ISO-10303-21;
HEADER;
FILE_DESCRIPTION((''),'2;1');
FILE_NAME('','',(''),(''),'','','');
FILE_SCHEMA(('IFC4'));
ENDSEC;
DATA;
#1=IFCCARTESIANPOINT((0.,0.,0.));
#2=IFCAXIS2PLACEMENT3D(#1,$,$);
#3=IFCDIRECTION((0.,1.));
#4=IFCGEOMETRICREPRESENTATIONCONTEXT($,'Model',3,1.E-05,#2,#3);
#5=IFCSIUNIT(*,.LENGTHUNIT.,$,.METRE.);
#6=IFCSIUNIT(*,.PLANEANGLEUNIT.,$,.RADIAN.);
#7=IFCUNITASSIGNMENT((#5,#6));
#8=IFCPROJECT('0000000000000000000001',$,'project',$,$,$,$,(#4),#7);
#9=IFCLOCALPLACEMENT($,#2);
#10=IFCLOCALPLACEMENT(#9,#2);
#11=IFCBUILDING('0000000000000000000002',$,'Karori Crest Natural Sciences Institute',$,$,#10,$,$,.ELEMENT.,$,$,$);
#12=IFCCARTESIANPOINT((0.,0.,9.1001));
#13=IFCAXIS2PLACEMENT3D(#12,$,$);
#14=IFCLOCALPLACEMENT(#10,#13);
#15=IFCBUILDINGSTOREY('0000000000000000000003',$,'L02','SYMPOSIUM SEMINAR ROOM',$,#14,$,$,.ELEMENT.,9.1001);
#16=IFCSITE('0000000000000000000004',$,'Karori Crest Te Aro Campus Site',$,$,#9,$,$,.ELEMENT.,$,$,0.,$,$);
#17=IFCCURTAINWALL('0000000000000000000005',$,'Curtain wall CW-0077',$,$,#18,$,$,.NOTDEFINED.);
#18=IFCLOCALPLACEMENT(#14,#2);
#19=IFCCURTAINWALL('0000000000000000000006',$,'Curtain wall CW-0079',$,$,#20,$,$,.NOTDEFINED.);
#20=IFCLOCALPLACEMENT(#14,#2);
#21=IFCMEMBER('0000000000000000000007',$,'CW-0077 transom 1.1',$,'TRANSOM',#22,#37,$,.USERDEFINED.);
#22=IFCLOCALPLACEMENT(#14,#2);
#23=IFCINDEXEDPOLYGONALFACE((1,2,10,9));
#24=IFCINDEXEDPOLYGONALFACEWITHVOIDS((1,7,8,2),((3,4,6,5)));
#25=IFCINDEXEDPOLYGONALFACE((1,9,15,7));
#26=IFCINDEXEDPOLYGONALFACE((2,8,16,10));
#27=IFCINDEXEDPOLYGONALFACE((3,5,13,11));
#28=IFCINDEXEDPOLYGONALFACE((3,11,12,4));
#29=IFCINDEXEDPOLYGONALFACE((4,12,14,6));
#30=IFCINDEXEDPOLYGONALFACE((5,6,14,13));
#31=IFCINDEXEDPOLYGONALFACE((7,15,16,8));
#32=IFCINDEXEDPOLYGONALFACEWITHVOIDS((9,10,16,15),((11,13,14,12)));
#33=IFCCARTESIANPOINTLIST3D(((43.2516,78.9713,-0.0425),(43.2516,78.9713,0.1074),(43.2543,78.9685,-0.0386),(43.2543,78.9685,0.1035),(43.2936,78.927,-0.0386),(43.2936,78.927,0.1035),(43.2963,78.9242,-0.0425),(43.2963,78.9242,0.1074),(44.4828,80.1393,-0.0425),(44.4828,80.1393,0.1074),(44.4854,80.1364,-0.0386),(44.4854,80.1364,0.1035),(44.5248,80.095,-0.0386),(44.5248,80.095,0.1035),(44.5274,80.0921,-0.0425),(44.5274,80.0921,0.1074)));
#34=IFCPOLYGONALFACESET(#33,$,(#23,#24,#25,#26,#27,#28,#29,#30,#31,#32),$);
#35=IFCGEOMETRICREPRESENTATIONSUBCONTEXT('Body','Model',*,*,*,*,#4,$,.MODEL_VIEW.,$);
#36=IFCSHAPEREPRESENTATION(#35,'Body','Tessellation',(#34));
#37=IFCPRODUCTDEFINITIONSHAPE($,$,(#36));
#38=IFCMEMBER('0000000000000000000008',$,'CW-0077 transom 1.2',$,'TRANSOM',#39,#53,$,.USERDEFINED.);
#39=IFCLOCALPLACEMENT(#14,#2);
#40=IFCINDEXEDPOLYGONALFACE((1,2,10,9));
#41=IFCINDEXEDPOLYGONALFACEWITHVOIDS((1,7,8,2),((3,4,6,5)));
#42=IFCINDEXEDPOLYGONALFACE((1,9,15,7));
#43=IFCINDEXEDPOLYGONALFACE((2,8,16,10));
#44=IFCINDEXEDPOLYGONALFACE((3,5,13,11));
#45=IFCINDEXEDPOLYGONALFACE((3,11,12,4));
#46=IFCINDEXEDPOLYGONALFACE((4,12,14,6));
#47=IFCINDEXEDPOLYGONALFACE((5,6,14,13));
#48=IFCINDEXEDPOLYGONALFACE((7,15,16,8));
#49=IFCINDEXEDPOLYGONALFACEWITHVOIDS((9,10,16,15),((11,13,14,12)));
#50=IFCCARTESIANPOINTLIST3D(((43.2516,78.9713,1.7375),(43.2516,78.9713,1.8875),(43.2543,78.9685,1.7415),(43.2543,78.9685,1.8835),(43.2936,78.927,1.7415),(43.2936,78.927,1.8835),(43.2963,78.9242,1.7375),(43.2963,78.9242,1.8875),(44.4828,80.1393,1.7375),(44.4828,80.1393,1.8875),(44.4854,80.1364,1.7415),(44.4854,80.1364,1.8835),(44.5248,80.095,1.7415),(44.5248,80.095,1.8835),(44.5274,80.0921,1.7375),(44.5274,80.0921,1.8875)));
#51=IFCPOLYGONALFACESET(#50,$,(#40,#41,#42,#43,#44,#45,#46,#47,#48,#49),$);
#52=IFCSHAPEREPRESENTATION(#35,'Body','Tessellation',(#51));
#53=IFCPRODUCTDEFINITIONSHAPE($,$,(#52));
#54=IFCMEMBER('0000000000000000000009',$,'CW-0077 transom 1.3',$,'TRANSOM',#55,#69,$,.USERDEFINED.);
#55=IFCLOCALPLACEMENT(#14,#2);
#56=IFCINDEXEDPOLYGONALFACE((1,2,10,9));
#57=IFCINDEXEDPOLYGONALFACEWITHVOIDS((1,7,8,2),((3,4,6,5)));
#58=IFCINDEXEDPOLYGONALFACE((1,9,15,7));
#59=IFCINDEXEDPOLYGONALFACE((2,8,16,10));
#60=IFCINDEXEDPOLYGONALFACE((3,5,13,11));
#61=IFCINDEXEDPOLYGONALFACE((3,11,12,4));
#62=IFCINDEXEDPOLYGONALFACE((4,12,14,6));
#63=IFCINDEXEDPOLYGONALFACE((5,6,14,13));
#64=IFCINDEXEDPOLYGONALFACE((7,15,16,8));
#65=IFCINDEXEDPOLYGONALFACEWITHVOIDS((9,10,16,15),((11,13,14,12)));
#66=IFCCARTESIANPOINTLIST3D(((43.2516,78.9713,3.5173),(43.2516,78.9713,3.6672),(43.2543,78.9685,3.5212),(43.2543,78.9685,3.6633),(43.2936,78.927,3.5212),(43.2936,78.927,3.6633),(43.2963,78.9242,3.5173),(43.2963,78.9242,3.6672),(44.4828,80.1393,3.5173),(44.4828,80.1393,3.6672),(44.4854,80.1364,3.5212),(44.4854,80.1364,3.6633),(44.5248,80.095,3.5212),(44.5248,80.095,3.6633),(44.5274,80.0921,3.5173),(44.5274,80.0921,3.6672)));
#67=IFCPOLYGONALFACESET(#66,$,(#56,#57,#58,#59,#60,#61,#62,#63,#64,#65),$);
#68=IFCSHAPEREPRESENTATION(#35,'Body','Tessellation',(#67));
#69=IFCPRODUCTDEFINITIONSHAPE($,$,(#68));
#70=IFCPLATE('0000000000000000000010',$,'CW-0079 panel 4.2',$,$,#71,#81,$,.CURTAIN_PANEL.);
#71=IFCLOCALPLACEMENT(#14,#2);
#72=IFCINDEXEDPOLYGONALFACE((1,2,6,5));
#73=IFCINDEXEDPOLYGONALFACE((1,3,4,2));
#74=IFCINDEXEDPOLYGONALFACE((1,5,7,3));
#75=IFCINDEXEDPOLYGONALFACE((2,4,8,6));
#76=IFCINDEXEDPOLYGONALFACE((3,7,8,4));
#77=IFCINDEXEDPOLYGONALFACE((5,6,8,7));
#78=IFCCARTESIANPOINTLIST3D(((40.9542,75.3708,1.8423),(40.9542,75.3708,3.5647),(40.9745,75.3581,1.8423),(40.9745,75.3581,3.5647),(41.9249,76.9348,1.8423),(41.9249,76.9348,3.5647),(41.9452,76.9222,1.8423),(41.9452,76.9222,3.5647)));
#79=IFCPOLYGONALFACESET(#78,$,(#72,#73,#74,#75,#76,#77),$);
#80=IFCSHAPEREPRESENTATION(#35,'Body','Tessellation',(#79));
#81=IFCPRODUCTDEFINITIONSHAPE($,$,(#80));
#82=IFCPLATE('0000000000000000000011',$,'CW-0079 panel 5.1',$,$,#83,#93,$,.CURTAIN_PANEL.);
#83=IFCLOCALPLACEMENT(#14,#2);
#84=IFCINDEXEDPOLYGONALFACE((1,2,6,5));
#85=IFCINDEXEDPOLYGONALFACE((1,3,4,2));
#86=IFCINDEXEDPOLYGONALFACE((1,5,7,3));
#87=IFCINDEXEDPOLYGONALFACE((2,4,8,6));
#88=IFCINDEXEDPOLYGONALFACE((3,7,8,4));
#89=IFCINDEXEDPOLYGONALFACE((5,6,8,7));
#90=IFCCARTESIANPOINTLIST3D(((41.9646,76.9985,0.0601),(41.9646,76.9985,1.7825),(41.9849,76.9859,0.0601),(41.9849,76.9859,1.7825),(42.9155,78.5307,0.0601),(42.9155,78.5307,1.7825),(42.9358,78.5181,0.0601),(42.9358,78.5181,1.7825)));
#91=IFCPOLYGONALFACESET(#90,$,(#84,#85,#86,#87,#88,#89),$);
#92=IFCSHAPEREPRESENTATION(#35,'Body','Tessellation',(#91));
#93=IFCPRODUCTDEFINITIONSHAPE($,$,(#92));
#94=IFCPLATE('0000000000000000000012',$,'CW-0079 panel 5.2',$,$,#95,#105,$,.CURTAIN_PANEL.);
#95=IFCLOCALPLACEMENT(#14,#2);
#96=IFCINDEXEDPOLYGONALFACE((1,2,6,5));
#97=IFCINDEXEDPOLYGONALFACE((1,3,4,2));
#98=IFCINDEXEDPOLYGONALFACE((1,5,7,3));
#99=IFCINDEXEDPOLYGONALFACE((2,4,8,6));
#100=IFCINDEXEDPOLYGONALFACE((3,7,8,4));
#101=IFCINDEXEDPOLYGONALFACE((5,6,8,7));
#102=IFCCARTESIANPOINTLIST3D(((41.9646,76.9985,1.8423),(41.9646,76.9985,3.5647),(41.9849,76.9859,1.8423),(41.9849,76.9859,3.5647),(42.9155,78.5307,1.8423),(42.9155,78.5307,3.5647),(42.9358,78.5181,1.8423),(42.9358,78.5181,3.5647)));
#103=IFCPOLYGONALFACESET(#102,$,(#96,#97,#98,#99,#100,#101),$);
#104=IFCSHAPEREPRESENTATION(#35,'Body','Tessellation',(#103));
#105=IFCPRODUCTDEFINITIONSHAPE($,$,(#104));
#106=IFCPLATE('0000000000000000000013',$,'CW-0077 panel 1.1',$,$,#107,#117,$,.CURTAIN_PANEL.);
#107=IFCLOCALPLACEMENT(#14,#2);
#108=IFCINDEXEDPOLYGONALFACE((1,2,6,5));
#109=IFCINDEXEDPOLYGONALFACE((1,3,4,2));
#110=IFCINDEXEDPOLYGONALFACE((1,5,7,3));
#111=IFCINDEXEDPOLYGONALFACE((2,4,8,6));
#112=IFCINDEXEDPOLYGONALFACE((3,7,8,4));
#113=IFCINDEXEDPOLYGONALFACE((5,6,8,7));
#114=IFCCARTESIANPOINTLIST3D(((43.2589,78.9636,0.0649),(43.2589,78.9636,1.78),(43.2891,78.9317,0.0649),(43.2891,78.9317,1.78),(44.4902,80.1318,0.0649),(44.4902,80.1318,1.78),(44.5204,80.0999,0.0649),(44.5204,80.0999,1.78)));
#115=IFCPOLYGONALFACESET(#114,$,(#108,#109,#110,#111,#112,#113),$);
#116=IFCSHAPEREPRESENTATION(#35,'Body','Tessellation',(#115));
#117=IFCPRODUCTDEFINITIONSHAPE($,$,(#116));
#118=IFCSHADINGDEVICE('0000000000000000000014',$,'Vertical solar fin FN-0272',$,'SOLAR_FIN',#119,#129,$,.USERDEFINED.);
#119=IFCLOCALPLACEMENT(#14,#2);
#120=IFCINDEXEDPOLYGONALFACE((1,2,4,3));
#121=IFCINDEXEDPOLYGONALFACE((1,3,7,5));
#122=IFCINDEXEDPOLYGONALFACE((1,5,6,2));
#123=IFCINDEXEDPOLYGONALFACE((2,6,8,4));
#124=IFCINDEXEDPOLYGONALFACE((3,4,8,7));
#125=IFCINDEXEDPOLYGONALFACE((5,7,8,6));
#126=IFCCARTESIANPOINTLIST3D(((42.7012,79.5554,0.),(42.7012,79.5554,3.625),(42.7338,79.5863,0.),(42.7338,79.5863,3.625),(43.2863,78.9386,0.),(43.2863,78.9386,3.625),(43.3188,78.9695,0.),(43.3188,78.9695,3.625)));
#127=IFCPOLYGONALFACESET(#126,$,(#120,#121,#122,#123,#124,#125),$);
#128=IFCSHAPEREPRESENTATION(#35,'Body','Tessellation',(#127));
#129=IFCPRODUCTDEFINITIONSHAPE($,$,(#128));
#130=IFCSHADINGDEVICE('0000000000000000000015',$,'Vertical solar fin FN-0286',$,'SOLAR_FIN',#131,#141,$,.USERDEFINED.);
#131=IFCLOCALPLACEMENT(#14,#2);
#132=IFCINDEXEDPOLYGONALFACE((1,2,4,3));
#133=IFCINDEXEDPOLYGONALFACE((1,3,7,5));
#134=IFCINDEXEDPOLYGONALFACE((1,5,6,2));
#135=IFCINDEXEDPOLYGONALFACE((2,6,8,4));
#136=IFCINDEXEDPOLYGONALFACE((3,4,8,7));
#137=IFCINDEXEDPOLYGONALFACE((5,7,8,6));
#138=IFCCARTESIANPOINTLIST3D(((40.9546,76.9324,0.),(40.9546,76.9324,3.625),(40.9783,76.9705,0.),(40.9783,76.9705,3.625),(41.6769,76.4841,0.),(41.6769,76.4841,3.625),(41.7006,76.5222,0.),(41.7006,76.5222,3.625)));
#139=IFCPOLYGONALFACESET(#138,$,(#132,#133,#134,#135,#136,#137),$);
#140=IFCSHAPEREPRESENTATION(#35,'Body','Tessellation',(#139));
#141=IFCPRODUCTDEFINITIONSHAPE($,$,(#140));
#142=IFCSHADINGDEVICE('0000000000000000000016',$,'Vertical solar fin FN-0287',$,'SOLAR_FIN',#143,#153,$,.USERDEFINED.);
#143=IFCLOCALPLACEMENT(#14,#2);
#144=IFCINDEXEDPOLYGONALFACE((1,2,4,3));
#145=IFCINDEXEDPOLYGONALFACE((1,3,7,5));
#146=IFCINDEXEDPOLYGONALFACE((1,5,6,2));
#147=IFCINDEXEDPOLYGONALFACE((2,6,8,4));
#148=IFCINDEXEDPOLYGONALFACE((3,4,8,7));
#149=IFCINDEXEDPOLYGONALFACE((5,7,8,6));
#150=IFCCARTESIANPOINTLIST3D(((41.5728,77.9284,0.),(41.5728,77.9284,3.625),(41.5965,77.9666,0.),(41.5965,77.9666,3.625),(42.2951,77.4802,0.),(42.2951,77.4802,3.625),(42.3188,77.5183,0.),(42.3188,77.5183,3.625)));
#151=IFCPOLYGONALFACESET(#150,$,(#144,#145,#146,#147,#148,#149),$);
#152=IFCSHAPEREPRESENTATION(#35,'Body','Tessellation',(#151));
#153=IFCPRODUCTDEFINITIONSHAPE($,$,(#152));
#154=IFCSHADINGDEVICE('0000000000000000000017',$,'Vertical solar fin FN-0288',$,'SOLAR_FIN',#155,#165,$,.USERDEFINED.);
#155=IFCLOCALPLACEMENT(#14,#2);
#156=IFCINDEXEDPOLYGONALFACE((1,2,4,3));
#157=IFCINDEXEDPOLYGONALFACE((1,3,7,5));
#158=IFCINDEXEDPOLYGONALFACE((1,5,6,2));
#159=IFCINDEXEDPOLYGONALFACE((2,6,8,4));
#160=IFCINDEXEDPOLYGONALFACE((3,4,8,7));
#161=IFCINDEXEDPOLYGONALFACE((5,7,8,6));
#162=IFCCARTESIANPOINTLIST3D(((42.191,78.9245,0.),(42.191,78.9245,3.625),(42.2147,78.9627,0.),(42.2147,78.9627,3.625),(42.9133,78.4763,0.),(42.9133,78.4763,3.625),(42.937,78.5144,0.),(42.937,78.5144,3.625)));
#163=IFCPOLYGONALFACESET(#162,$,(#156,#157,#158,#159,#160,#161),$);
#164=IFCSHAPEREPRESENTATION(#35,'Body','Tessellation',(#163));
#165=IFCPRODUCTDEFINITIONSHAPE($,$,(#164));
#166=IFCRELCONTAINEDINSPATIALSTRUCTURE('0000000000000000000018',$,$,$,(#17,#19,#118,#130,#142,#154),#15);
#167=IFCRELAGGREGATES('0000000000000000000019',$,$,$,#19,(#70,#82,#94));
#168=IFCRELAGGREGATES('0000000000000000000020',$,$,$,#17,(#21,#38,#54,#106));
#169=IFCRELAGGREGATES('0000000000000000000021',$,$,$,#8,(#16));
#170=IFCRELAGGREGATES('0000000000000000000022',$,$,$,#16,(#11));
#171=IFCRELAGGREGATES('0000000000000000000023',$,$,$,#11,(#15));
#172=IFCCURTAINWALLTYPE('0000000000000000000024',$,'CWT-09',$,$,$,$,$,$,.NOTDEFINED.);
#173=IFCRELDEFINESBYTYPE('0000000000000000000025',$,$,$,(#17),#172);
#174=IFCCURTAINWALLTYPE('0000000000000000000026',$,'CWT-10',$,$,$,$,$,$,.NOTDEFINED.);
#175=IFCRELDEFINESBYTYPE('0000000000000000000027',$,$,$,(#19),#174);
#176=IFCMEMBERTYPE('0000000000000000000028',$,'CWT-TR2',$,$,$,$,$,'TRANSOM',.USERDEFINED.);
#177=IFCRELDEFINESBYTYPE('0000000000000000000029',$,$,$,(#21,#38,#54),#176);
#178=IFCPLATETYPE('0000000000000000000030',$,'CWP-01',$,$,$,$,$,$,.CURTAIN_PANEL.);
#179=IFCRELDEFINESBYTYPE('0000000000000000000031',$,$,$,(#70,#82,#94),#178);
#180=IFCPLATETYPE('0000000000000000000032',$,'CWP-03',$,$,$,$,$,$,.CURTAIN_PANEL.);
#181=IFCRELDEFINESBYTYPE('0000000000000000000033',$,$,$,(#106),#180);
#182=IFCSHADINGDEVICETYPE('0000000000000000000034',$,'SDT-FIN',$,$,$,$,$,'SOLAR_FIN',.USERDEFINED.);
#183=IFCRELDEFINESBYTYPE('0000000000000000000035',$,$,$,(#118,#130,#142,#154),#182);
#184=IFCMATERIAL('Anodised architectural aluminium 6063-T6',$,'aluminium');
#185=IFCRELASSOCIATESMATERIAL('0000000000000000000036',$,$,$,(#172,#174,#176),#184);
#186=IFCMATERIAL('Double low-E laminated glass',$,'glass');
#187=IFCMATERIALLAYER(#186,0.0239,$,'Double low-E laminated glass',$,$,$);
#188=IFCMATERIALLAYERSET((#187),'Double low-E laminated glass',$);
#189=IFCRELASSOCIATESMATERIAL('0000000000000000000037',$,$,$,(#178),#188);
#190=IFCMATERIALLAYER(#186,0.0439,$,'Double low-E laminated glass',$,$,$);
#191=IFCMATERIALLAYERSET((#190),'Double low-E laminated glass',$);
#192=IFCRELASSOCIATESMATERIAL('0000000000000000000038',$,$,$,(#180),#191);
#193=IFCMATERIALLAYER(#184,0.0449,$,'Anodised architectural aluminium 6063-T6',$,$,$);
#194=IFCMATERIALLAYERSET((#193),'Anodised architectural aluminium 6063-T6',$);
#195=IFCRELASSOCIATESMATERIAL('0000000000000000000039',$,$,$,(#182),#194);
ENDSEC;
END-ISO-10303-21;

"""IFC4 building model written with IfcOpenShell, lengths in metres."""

from ifc_helpers import new_model, si_unit, direction, frame, origin, origin_2d, place, context, subcontext, project, spatial, rectangle, hollow_rectangle, extrude, material, layer, layer_set, material_profile, profile_set, type_object, element, aggregate, save


model = new_model("IFC4")

# Units and contexts
model_context = context("Model", 3, precision=1e-05, world=origin(), true_north=direction((0.0, 1.0)))
body_context = subcontext(model_context, "Body", "Model", "MODEL_VIEW")
ifc_project = project(units=[si_unit("LENGTHUNIT", "METRE"), si_unit("PLANEANGLEUNIT", "RADIAN")], contexts=[model_context])

# Site, building, storey
site_placement = place(None, origin())
site = spatial("IfcSite", under=ifc_project, at=site_placement, Name="Karori Crest Te Aro Campus Site", CompositionType="ELEMENT", RefElevation=0.0)
building_placement = place(site_placement, origin())
building = spatial("IfcBuilding", under=site, at=building_placement, Name="Karori Crest Natural Sciences Institute", CompositionType="ELEMENT")
storey_placement = place(building_placement, frame((0.0, 0.0, 9.1001)))
storey = spatial("IfcBuildingStorey", under=building, at=storey_placement, Name="L02", Description="SYMPOSIUM SEMINAR ROOM", CompositionType="ELEMENT", Elevation=9.1001)

# Curtain wall
ifc_material_1 = material(Name="Anodised architectural aluminium 6063-T6", Category="aluminium")
curtain_wall_type_1 = type_object("IfcCurtainWallType", Name="CWT-09", PredefinedType="NOTDEFINED", material=ifc_material_1)
curtain_wall_1_placement = place(storey_placement, origin())
curtain_wall_1 = element("IfcCurtainWall", 1, at=curtain_wall_1_placement, inside=storey, type_object=curtain_wall_type_1, Name="Curtain wall CW-0077", PredefinedType="NOTDEFINED")

# Curtain wall
curtain_wall_type_2 = type_object("IfcCurtainWallType", Name="CWT-10", PredefinedType="NOTDEFINED", material=ifc_material_1)
curtain_wall_2_placement = place(storey_placement, origin())
curtain_wall_2 = element("IfcCurtainWall", 2, at=curtain_wall_2_placement, inside=storey, type_object=curtain_wall_type_2, Name="Curtain wall CW-0079", PredefinedType="NOTDEFINED")

# Members
ifc_material_profile_1 = material_profile(ifc_material_1, hollow_rectangle(XDim=0.0649, YDim=0.1499, WallThickness=0.0039, at=origin_2d()), Name="CWT150x65x4")
ifc_profile_set_1 = profile_set([ifc_material_profile_1], Name="Anodised architectural aluminium 6063-T6")
member_type_1 = type_object("IfcMemberType", Name="CWT-TR2", ElementType="TRANSOM", PredefinedType="USERDEFINED", material=ifc_profile_set_1)
member_1_placement = place(storey_placement, frame((43.2739, 78.9478, 0.0325), z_axis=(0.725491, 0.688231, 0.0), x_axis=(-0.688231, 0.725491, 0.0)))
member_1 = element("IfcMember", 3, at=member_1_placement, type_object=member_type_1, Name="CW-0077 transom 1.1", ObjectType="TRANSOM", PredefinedType="USERDEFINED", context=body_context, shape_type="SweptSolid", body=[
    extrude(hollow_rectangle(XDim=0.0649, YDim=0.1499, WallThickness=0.0039, at=origin_2d()), origin(), (0.0, 0.0, 1.0), 1.697),
])
member_2_placement = place(storey_placement, frame((43.2739, 78.9478, 1.8125), z_axis=(0.725491, 0.688231, 0.0), x_axis=(-0.688231, 0.725491, 0.0)))
member_2 = element("IfcMember", 4, at=member_2_placement, type_object=member_type_1, Name="CW-0077 transom 1.2", ObjectType="TRANSOM", PredefinedType="USERDEFINED", context=body_context, shape_type="SweptSolid", body=[
    extrude(hollow_rectangle(XDim=0.0649, YDim=0.1499, WallThickness=0.0039, at=origin_2d()), origin(), (0.0, 0.0, 1.0), 1.697),
])
member_3_placement = place(storey_placement, frame((43.2739, 78.9478, 3.5923), z_axis=(0.725491, 0.688231, 0.0), x_axis=(-0.688231, 0.725491, 0.0)))
member_3 = element("IfcMember", 5, at=member_3_placement, type_object=member_type_1, Name="CW-0077 transom 1.3", ObjectType="TRANSOM", PredefinedType="USERDEFINED", context=body_context, shape_type="SweptSolid", body=[
    extrude(hollow_rectangle(XDim=0.0649, YDim=0.1499, WallThickness=0.0039, at=origin_2d()), origin(), (0.0, 0.0, 1.0), 1.697),
])

# Plates
ifc_material_2 = material(Name="Double low-E laminated glass", Category="glass")
ifc_layer_1 = layer(ifc_material_2, 0.0239, Name="Double low-E laminated glass")
ifc_layer_set_1 = layer_set([ifc_layer_1], Name="Double low-E laminated glass")
plate_type_1 = type_object("IfcPlateType", Name="CWP-01", PredefinedType="CURTAIN_PANEL", material=ifc_layer_set_1)
plate_1_placement = place(storey_placement, frame((41.4497, 76.1465, 1.8423), z_axis=(0.0, 0.0, 1.0), x_axis=(0.527328, 0.849662, 0.0)))
plate_1 = element("IfcPlate", 6, at=plate_1_placement, type_object=plate_type_1, Name="CW-0079 panel 4.2", PredefinedType="CURTAIN_PANEL", context=body_context, shape_type="SweptSolid", body=[
    extrude(rectangle(XDim=1.8408, YDim=0.0239, at=origin_2d()), origin(), (0.0, 0.0, 1.0), 1.7224),
])
plate_2_placement = place(storey_placement, frame((42.4502, 77.7583, 0.0601), z_axis=(0.0, 0.0, 1.0), x_axis=(0.527328, 0.849662, 0.0)))
plate_2 = element("IfcPlate", 7, at=plate_2_placement, type_object=plate_type_1, Name="CW-0079 panel 5.1", PredefinedType="CURTAIN_PANEL", context=body_context, shape_type="SweptSolid", body=[
    extrude(rectangle(XDim=1.8032, YDim=0.0239, at=origin_2d()), origin(), (0.0, 0.0, 1.0), 1.7224),
])
plate_3_placement = place(storey_placement, frame((42.4502, 77.7583, 1.8423), z_axis=(0.0, 0.0, 1.0), x_axis=(0.527328, 0.849662, 0.0)))
plate_3 = element("IfcPlate", 8, at=plate_3_placement, type_object=plate_type_1, Name="CW-0079 panel 5.2", PredefinedType="CURTAIN_PANEL", context=body_context, shape_type="SweptSolid", body=[
    extrude(rectangle(XDim=1.8032, YDim=0.0239, at=origin_2d()), origin(), (0.0, 0.0, 1.0), 1.7224),
])
aggregate(curtain_wall_2, [plate_1, plate_2, plate_3])
ifc_layer_2 = layer(ifc_material_2, 0.0439, Name="Double low-E laminated glass")
ifc_layer_set_2 = layer_set([ifc_layer_2], Name="Double low-E laminated glass")
plate_type_2 = type_object("IfcPlateType", Name="CWP-03", PredefinedType="CURTAIN_PANEL", material=ifc_layer_set_2)
plate_4_placement = place(storey_placement, frame((43.8896, 79.5317, 0.0649), z_axis=(0.0, 0.0, 1.0), x_axis=(0.725473, 0.688251, 0.0)))
plate_4 = element("IfcPlate", 9, at=plate_4_placement, type_object=plate_type_2, Name="CW-0077 panel 1.1", PredefinedType="CURTAIN_PANEL", context=body_context, shape_type="SweptSolid", body=[
    extrude(rectangle(XDim=1.6973, YDim=0.0439, at=origin_2d()), origin(), (0.0, 0.0, 1.0), 1.7151),
])
aggregate(curtain_wall_1, [member_1, member_2, member_3, plate_4])

# Shading devices
ifc_layer_3 = layer(ifc_material_1, 0.0449, Name="Anodised architectural aluminium 6063-T6")
ifc_layer_set_3 = layer_set([ifc_layer_3], Name="Anodised architectural aluminium 6063-T6")
shading_device_type = type_object("IfcShadingDeviceType", Name="SDT-FIN", ElementType="SOLAR_FIN", PredefinedType="USERDEFINED", material=ifc_layer_set_3)
for number, where, z_axis, x_axis, name in (
    (10, (43.01, 79.2625, 0.0), (0.0, 0.0, 1.0), (-0.688251, 0.725473, 0.0), "Vertical solar fin FN-0272"),
    (11, (41.3276, 76.7273, 0.0), (0.0, 0.0, 1.0), (-0.849662, 0.527328, 0.0), "Vertical solar fin FN-0286"),
    (12, (41.9458, 77.7234, 0.0), (0.0, 0.0, 1.0), (-0.849662, 0.527328, 0.0), "Vertical solar fin FN-0287"),
    (13, (42.564, 78.7195, 0.0), (0.0, 0.0, 1.0), (-0.849662, 0.527328, 0.0), "Vertical solar fin FN-0288"),
):
    element("IfcShadingDevice", number, at=place(storey_placement, frame(where, z_axis=z_axis, x_axis=x_axis)), inside=storey, type_object=shading_device_type, Name=name, ObjectType="SOLAR_FIN", PredefinedType="USERDEFINED", context=body_context, shape_type="SweptSolid", body=[
        extrude(rectangle(XDim=0.8501, YDim=0.0449, at=origin_2d()), origin(), (0.0, 0.0, 1.0), 3.625),
    ])

save(model, "model.ifc")
